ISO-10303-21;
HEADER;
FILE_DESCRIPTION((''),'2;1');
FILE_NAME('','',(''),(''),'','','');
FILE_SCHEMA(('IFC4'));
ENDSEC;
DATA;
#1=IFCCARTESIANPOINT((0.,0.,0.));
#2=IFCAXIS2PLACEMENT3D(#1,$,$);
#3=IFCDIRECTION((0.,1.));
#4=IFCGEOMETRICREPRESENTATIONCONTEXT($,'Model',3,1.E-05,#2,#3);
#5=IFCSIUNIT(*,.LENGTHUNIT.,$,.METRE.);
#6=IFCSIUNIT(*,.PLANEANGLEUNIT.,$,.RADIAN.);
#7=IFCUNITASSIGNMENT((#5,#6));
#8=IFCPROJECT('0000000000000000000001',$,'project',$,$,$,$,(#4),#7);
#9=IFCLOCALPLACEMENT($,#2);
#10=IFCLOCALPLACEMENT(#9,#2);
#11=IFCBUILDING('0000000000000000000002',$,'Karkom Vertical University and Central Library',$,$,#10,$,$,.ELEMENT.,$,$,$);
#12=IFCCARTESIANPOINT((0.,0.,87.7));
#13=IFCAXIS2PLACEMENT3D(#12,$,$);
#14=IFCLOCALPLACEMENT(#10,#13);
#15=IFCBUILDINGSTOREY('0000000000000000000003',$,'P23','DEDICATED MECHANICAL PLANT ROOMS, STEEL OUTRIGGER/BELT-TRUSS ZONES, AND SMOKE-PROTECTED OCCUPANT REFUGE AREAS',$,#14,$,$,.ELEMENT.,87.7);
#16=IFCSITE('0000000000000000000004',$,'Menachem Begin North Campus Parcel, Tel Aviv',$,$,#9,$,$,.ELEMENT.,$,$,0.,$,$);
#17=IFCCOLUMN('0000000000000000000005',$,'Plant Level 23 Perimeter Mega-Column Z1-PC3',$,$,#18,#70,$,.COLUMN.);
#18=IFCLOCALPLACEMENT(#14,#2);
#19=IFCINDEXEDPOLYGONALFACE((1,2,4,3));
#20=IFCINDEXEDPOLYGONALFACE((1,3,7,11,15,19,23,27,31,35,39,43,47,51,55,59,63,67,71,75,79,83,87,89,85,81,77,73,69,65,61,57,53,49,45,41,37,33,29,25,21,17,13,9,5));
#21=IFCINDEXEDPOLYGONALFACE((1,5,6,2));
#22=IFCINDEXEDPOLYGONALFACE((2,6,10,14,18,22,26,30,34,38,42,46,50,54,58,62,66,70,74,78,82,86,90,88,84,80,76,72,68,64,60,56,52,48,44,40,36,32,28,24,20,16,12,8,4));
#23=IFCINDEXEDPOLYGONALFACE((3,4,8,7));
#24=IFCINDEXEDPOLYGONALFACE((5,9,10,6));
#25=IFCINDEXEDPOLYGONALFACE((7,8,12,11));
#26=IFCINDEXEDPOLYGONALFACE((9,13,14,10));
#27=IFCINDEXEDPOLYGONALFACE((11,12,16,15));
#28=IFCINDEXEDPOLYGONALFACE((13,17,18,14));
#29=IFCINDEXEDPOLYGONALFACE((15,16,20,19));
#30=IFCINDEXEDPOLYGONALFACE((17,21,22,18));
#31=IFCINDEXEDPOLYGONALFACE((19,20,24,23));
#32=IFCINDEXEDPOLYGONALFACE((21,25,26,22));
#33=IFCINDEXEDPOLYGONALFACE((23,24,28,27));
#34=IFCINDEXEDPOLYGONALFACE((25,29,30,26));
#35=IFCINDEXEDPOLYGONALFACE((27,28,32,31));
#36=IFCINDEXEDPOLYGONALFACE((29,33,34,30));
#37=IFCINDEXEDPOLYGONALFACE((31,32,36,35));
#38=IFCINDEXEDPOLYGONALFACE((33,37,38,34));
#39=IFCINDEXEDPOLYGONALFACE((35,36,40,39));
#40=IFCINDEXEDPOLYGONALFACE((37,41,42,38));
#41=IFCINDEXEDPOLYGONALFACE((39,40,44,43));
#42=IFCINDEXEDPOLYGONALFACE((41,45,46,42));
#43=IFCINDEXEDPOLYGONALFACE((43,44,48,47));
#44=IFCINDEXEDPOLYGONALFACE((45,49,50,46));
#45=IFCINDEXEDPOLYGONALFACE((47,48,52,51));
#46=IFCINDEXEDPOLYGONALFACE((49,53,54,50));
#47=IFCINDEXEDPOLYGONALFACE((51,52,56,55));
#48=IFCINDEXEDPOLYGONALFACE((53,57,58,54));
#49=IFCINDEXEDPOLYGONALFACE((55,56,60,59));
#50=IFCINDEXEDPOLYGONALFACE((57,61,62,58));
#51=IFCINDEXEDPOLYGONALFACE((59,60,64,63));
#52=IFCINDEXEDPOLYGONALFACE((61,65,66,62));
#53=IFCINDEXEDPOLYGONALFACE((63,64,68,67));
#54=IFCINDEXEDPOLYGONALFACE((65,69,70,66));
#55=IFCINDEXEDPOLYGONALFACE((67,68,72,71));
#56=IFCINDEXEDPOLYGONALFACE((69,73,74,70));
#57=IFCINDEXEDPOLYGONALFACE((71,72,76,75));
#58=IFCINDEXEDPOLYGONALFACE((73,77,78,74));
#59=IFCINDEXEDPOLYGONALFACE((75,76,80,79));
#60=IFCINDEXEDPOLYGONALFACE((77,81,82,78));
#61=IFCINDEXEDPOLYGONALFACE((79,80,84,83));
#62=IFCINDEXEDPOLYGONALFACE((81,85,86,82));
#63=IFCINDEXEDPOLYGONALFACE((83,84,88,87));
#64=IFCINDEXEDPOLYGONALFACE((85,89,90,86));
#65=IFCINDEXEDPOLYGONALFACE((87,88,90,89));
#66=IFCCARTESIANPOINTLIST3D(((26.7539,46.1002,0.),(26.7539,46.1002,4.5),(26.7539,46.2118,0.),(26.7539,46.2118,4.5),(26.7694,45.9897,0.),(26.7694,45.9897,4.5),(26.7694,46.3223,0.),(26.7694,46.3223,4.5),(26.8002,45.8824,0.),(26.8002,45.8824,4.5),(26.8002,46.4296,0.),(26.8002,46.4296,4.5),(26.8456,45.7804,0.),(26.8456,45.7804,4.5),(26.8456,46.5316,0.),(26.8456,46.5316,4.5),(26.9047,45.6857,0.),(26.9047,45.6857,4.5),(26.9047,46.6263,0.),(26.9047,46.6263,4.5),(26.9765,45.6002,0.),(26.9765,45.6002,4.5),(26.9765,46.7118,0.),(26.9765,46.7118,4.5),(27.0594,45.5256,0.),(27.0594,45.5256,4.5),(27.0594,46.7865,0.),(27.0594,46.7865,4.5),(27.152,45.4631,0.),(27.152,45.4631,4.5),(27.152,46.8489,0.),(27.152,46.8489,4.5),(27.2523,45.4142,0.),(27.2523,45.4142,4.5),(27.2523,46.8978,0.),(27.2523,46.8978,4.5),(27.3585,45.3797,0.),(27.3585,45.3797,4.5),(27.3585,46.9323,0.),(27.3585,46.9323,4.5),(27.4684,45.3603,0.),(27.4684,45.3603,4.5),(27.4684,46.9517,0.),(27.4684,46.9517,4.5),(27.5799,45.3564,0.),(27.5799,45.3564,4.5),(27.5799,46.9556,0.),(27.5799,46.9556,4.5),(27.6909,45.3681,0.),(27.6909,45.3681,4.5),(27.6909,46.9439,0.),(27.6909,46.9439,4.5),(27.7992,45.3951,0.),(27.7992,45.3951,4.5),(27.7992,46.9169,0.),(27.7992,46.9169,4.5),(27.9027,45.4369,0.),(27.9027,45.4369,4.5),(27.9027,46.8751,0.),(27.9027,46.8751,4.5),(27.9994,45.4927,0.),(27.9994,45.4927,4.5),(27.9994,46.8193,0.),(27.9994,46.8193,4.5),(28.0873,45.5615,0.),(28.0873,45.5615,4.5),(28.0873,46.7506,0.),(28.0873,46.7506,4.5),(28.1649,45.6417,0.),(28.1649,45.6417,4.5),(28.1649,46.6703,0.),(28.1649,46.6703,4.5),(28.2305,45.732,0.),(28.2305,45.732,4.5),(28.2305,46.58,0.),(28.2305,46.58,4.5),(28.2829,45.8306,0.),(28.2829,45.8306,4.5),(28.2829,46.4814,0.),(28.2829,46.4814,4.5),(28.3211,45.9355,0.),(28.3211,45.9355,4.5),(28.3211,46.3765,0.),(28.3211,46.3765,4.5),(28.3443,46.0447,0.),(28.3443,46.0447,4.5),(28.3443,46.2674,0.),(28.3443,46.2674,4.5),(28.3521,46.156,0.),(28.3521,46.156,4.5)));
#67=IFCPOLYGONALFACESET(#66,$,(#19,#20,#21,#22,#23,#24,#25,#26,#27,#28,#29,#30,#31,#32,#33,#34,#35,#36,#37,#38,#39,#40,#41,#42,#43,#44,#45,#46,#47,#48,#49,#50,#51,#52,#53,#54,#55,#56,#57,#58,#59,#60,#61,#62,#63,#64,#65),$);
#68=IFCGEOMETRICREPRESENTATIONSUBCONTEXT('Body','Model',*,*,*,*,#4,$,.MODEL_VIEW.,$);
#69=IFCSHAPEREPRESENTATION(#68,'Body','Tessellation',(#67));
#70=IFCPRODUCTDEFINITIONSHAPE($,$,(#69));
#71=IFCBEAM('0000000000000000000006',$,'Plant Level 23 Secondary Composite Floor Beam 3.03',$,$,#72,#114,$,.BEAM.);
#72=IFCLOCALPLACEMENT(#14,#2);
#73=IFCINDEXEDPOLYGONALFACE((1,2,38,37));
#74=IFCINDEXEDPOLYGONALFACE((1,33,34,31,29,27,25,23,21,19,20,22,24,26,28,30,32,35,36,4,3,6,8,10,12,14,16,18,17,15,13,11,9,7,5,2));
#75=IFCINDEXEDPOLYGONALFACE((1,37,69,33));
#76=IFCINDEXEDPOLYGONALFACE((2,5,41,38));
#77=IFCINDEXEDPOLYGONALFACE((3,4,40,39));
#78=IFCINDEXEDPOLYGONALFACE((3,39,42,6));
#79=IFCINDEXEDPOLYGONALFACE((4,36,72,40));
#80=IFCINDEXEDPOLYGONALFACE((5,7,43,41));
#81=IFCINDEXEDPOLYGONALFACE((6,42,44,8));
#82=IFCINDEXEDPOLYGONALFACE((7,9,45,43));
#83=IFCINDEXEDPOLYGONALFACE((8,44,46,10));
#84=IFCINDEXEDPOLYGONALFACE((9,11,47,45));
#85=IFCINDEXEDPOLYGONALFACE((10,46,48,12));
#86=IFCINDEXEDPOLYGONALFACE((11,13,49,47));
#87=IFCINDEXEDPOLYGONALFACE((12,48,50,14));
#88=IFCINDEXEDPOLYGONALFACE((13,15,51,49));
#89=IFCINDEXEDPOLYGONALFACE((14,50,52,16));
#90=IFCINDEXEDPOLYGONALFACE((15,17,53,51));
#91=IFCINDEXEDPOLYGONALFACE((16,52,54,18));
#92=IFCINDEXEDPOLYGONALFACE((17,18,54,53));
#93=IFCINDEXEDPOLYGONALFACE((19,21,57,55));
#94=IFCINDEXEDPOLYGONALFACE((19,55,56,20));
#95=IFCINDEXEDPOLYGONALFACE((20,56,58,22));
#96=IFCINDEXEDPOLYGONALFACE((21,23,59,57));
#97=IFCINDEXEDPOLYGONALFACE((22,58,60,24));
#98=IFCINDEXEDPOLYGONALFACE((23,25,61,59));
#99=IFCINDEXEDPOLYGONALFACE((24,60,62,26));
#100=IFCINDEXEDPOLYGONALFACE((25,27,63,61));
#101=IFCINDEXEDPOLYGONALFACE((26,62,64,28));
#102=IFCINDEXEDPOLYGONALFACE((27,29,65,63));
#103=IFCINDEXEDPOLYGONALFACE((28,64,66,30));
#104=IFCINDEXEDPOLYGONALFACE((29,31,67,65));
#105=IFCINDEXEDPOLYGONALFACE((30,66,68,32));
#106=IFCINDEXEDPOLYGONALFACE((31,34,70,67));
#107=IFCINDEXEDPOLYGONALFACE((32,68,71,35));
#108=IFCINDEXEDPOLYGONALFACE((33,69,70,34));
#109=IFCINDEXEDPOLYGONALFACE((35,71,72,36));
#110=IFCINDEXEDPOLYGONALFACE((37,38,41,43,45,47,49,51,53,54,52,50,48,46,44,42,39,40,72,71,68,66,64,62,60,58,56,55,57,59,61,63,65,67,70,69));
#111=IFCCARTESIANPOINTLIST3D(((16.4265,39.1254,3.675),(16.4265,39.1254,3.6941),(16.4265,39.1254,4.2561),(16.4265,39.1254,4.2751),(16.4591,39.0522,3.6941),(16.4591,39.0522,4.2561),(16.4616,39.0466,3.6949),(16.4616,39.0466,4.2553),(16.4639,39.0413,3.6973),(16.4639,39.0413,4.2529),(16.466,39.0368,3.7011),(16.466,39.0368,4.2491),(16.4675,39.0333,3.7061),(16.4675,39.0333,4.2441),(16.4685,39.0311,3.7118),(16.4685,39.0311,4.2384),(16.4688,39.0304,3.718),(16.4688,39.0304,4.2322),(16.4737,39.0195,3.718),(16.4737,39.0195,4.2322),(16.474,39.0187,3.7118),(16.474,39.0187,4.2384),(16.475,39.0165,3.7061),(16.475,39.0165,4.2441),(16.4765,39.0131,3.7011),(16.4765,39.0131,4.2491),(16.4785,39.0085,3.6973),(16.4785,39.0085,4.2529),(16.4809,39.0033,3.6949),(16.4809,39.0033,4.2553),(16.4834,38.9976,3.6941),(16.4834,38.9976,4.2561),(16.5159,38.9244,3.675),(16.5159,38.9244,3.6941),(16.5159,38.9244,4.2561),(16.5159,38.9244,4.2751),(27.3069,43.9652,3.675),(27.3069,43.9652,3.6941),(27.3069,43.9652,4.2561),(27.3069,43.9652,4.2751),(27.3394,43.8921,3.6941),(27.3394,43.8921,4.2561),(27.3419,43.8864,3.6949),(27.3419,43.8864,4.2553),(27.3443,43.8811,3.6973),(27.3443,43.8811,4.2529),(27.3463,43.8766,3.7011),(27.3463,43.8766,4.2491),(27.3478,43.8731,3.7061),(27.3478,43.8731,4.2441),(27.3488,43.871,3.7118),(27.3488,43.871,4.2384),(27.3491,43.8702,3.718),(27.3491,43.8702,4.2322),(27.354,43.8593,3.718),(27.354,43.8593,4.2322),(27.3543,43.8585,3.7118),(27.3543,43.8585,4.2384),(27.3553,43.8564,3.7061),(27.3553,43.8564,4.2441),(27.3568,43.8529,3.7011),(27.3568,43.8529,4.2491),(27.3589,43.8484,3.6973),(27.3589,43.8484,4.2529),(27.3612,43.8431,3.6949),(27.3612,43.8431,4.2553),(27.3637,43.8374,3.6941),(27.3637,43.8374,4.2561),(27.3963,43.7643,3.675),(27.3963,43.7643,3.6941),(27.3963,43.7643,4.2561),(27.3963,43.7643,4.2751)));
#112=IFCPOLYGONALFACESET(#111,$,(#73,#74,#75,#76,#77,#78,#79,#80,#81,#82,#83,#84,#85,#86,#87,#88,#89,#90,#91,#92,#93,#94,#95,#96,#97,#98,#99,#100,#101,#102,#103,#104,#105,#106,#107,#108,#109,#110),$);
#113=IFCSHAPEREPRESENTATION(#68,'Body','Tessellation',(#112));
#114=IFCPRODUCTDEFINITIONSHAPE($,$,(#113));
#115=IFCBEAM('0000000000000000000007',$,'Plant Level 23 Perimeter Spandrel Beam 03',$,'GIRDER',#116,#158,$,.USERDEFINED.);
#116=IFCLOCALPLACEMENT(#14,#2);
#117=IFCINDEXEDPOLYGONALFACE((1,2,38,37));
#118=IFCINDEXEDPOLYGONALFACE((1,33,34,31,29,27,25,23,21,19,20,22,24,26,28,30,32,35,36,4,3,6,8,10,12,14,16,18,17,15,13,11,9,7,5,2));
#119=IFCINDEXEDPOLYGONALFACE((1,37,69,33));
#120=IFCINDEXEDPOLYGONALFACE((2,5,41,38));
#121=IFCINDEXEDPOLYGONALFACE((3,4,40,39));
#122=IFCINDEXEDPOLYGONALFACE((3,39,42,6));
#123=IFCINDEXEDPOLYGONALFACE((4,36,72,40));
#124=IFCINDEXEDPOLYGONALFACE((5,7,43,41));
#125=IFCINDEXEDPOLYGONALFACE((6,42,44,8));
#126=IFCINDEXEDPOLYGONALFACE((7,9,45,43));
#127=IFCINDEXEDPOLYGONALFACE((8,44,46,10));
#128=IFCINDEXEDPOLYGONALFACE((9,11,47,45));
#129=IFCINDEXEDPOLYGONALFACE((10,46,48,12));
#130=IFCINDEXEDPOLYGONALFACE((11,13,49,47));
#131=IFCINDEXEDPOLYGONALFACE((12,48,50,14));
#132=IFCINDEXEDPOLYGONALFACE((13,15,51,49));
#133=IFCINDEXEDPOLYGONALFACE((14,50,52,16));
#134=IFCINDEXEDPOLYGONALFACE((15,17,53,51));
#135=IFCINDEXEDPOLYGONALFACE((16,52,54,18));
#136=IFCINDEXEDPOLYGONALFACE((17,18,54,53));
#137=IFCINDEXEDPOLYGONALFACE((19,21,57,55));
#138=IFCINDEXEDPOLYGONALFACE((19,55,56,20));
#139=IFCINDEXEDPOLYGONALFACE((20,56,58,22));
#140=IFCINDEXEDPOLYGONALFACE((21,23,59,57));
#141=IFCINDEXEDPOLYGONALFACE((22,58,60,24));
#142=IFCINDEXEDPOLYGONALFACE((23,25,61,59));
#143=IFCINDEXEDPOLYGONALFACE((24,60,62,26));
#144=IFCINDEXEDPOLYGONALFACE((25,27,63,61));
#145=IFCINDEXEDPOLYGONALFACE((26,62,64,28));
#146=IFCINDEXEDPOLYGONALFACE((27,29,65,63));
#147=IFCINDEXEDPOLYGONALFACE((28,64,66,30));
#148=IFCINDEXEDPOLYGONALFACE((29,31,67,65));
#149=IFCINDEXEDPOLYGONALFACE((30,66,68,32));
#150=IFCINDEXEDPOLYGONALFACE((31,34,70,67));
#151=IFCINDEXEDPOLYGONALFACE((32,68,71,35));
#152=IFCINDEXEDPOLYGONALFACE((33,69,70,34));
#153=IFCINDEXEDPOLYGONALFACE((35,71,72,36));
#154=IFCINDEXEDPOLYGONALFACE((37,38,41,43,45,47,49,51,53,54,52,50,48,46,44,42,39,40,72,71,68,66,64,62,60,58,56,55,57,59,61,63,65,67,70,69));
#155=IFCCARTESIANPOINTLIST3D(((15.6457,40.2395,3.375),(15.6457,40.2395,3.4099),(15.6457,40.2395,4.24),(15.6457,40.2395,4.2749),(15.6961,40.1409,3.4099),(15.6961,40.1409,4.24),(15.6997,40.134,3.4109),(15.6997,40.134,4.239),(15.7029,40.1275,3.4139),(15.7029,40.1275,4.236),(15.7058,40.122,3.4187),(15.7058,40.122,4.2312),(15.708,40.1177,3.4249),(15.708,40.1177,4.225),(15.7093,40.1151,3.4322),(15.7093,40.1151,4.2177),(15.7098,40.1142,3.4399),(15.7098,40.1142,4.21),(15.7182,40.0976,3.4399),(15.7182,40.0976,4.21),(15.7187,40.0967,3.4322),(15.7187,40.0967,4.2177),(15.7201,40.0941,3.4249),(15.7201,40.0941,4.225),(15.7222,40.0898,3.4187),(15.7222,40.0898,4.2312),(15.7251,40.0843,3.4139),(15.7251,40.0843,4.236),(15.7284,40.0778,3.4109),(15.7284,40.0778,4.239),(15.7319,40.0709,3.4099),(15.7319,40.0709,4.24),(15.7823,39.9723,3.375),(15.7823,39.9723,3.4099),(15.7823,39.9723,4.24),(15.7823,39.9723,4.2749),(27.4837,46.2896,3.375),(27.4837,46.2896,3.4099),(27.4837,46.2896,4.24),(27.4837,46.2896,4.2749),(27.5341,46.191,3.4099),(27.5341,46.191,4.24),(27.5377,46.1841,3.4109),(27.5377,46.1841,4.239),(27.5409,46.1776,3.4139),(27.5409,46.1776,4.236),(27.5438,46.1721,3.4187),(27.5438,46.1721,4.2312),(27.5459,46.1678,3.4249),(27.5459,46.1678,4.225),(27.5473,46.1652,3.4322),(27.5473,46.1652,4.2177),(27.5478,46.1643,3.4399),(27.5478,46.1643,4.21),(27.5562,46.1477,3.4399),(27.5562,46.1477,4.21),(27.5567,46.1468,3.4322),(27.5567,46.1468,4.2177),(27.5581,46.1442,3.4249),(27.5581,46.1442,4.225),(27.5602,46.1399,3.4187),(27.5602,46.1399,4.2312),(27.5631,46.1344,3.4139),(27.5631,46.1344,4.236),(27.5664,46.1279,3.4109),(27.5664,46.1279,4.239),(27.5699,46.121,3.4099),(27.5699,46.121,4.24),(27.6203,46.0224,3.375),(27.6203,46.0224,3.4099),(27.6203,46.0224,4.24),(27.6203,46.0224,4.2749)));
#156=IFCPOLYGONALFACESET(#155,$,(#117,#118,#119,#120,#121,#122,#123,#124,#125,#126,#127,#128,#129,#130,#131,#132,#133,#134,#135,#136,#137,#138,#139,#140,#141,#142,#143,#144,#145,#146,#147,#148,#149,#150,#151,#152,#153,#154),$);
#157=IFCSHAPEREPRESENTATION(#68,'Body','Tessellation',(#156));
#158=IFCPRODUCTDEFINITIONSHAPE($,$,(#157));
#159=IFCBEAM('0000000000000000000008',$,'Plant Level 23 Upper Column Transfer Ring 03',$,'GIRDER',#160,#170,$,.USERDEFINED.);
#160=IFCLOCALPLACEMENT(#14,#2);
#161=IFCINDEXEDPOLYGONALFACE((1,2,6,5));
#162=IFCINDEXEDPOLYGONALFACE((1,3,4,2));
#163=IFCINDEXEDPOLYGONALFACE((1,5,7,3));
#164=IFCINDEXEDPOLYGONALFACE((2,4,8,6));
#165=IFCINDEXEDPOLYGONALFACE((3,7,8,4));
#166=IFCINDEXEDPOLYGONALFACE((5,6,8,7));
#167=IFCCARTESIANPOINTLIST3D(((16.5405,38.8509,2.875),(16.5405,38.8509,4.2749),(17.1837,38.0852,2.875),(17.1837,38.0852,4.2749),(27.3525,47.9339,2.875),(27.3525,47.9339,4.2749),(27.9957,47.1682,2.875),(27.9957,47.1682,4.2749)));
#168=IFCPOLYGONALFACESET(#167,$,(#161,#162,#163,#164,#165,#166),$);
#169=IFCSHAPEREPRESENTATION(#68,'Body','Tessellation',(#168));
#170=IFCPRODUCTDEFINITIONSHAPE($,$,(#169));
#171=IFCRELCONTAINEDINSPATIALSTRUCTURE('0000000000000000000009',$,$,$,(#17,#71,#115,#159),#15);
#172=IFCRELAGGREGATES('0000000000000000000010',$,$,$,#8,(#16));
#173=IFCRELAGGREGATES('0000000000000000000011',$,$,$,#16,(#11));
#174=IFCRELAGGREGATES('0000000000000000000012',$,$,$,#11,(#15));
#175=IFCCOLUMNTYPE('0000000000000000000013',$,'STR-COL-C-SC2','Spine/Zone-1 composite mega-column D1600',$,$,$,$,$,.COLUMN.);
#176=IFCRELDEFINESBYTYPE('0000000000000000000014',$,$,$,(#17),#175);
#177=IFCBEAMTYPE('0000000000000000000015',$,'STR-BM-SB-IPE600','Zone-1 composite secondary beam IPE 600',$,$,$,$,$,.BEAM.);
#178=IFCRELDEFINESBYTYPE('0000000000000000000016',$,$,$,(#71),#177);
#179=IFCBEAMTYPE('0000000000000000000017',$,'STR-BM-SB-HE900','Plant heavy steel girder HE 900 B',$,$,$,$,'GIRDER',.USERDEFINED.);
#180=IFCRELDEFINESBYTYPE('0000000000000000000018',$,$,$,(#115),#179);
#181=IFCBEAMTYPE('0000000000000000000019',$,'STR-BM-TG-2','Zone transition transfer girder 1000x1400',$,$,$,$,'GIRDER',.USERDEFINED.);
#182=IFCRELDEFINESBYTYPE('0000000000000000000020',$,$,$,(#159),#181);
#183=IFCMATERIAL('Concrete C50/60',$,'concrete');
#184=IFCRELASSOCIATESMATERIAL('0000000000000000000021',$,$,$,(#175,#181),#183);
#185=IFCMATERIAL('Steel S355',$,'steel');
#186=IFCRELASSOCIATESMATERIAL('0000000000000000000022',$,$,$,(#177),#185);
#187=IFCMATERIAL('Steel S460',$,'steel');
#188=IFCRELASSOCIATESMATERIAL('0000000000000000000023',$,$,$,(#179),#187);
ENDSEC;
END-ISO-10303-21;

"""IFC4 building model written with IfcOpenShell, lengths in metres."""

from ifc_helpers import new_model, si_unit, direction, frame, origin, origin_with_axes, origin_2d, place, context, subcontext, project, spatial, rectangle, circle, i_section, extrude, source, transform, mapped, material, material_profile, profile_set, type_object, element, save


model = new_model("IFC4")

# Units and contexts
model_context = context("Model", 3, precision=1e-05, world=origin(), true_north=direction((0.0, 1.0)))
body_context = subcontext(model_context, "Body", "Model", "MODEL_VIEW")
ifc_project = project(units=[si_unit("LENGTHUNIT", "METRE"), si_unit("PLANEANGLEUNIT", "RADIAN")], contexts=[model_context])

# Site, building, storey
site_placement = place(None, origin())
site = spatial("IfcSite", under=ifc_project, at=site_placement, Name="Menachem Begin North Campus Parcel, Tel Aviv", CompositionType="ELEMENT", RefElevation=0.0)
building_placement = place(site_placement, origin())
building = spatial("IfcBuilding", under=site, at=building_placement, Name="Karkom Vertical University and Central Library", CompositionType="ELEMENT")
storey_placement = place(building_placement, frame((0.0, 0.0, 87.7)))
storey = spatial("IfcBuildingStorey", under=building, at=storey_placement, Name="P23", Description="DEDICATED MECHANICAL PLANT ROOMS, STEEL OUTRIGGER/BELT-TRUSS ZONES, AND SMOKE-PROTECTED OCCUPANT REFUGE AREAS", CompositionType="ELEMENT", Elevation=87.7)

# Column
ifc_material_1 = material(Name="Concrete C50/60", Category="concrete")
ifc_material_profile_1 = material_profile(ifc_material_1, circle(Radius=0.8, at=origin_2d()), Name="CFT-D1600")
ifc_profile_set_1 = profile_set([ifc_material_profile_1], Name="Concrete C50/60")
column_type = type_object("IfcColumnType", Name="STR-COL-C-SC2", Description="Spine/Zone-1 composite mega-column D1600", PredefinedType="COLUMN", material=ifc_profile_set_1)
shared_shape_1 = source(origin_with_axes(), body_context, "Body", "SweptSolid", [
    extrude(circle(Radius=0.8, at=origin_2d()), origin(), (0.0, 0.0, 1.0), 4.5),
])
column_placement = place(storey_placement, frame((27.552, 46.156, 0.0), z_axis=(0.0, 0.0, 1.0), x_axis=(1.0, 0.0, 0.0)))
element("IfcColumn", 1, at=column_placement, inside=storey, type_object=column_type, Name="Plant Level 23 Perimeter Mega-Column Z1-PC3", PredefinedType="COLUMN", context=body_context, shape_type="MappedRepresentation", body=[
    mapped(shared_shape_1, transform((0.0, 0.0, 0.0), scale=1.0)),
])

# Beams
ifc_material_2 = material(Name="Steel S355", Category="steel")
ifc_material_profile_2 = material_profile(ifc_material_2, i_section(OverallWidth=0.22, OverallDepth=0.6001, WebThickness=0.012, FlangeThickness=0.019, FilletRadius=0.0239, at=origin_2d()), Name="IPE 600")
ifc_profile_set_2 = profile_set([ifc_material_profile_2], Name="Steel S355")
beam_type_1 = type_object("IfcBeamType", Name="STR-BM-SB-IPE600", Description="Zone-1 composite secondary beam IPE 600", PredefinedType="BEAM", material=ifc_profile_set_2)
shared_shape_2 = source(origin_with_axes(), body_context, "Body", "SweptSolid", [
    extrude(i_section(OverallWidth=0.22, OverallDepth=0.6001, WebThickness=0.012, FlangeThickness=0.019, FilletRadius=0.0239, at=origin_2d()), origin(), (0.0, 0.0, 1.0), 11.9082),
])
beam_1_placement = place(storey_placement, frame((27.3516, 43.8647, 3.9751), z_axis=(-0.913683, -0.406428, 0.0), x_axis=(0.406428, -0.913683, 0.0)))
element("IfcBeam", 2, at=beam_1_placement, inside=storey, type_object=beam_type_1, Name="Plant Level 23 Secondary Composite Floor Beam 3.03", PredefinedType="BEAM", context=body_context, shape_type="MappedRepresentation", body=[
    mapped(shared_shape_2, transform((0.0, 0.0, 0.0), scale=1.0)),
])
ifc_material_3 = material(Name="Steel S460", Category="steel")
ifc_material_profile_3 = material_profile(ifc_material_3, i_section(OverallWidth=0.3, OverallDepth=0.8999, WebThickness=0.0186, FlangeThickness=0.0349, FilletRadius=0.03, at=origin_2d()), Name="HE 900 B")
ifc_profile_set_3 = profile_set([ifc_material_profile_3], Name="Steel S460")
beam_type_2 = type_object("IfcBeamType", Name="STR-BM-SB-HE900", Description="Plant heavy steel girder HE 900 B", ElementType="GIRDER", PredefinedType="USERDEFINED", material=ifc_profile_set_3)
shared_shape_3 = source(origin_with_axes(), body_context, "Body", "SweptSolid", [
    extrude(i_section(OverallWidth=0.3, OverallDepth=0.8999, WebThickness=0.0186, FlangeThickness=0.0349, FilletRadius=0.03, at=origin_2d()), origin(), (0.0, 0.0, 1.0), 13.2944),
])
beam_2_placement = place(storey_placement, frame((27.552, 46.156, 3.825), z_axis=(-0.890448, -0.455085, 0.0), x_axis=(0.455085, -0.890448, 0.0)))
element("IfcBeam", 3, at=beam_2_placement, inside=storey, type_object=beam_type_2, Name="Plant Level 23 Perimeter Spandrel Beam 03", ObjectType="GIRDER", PredefinedType="USERDEFINED", context=body_context, shape_type="MappedRepresentation", body=[
    mapped(shared_shape_3, transform((0.0, 0.0, 0.0), scale=1.0)),
])
ifc_material_profile_4 = material_profile(ifc_material_1, rectangle(XDim=1.0, YDim=1.3999, at=origin_2d()), Name="TG-1000x1400")
ifc_profile_set_4 = profile_set([ifc_material_profile_4], Name="Concrete C50/60")
beam_type_3 = type_object("IfcBeamType", Name="STR-BM-TG-2", Description="Zone transition transfer girder 1000x1400", ElementType="GIRDER", PredefinedType="USERDEFINED", material=ifc_profile_set_4)
shared_shape_4 = source(origin_with_axes(), body_context, "Body", "SweptSolid", [
    extrude(rectangle(XDim=1.0, YDim=1.3999, at=origin_2d()), origin(), (0.0, 0.0, 1.0), 14.1208),
])
beam_3_placement = place(storey_placement, frame((27.6741, 47.551, 3.575), z_axis=(-0.765673, -0.64323, 0.0), x_axis=(0.64323, -0.765673, 0.0)))
element("IfcBeam", 4, at=beam_3_placement, inside=storey, type_object=beam_type_3, Name="Plant Level 23 Upper Column Transfer Ring 03", ObjectType="GIRDER", PredefinedType="USERDEFINED", context=body_context, shape_type="MappedRepresentation", body=[
    mapped(shared_shape_4, transform((0.0, 0.0, 0.0), scale=1.0)),
])

save(model, "model.ifc")
